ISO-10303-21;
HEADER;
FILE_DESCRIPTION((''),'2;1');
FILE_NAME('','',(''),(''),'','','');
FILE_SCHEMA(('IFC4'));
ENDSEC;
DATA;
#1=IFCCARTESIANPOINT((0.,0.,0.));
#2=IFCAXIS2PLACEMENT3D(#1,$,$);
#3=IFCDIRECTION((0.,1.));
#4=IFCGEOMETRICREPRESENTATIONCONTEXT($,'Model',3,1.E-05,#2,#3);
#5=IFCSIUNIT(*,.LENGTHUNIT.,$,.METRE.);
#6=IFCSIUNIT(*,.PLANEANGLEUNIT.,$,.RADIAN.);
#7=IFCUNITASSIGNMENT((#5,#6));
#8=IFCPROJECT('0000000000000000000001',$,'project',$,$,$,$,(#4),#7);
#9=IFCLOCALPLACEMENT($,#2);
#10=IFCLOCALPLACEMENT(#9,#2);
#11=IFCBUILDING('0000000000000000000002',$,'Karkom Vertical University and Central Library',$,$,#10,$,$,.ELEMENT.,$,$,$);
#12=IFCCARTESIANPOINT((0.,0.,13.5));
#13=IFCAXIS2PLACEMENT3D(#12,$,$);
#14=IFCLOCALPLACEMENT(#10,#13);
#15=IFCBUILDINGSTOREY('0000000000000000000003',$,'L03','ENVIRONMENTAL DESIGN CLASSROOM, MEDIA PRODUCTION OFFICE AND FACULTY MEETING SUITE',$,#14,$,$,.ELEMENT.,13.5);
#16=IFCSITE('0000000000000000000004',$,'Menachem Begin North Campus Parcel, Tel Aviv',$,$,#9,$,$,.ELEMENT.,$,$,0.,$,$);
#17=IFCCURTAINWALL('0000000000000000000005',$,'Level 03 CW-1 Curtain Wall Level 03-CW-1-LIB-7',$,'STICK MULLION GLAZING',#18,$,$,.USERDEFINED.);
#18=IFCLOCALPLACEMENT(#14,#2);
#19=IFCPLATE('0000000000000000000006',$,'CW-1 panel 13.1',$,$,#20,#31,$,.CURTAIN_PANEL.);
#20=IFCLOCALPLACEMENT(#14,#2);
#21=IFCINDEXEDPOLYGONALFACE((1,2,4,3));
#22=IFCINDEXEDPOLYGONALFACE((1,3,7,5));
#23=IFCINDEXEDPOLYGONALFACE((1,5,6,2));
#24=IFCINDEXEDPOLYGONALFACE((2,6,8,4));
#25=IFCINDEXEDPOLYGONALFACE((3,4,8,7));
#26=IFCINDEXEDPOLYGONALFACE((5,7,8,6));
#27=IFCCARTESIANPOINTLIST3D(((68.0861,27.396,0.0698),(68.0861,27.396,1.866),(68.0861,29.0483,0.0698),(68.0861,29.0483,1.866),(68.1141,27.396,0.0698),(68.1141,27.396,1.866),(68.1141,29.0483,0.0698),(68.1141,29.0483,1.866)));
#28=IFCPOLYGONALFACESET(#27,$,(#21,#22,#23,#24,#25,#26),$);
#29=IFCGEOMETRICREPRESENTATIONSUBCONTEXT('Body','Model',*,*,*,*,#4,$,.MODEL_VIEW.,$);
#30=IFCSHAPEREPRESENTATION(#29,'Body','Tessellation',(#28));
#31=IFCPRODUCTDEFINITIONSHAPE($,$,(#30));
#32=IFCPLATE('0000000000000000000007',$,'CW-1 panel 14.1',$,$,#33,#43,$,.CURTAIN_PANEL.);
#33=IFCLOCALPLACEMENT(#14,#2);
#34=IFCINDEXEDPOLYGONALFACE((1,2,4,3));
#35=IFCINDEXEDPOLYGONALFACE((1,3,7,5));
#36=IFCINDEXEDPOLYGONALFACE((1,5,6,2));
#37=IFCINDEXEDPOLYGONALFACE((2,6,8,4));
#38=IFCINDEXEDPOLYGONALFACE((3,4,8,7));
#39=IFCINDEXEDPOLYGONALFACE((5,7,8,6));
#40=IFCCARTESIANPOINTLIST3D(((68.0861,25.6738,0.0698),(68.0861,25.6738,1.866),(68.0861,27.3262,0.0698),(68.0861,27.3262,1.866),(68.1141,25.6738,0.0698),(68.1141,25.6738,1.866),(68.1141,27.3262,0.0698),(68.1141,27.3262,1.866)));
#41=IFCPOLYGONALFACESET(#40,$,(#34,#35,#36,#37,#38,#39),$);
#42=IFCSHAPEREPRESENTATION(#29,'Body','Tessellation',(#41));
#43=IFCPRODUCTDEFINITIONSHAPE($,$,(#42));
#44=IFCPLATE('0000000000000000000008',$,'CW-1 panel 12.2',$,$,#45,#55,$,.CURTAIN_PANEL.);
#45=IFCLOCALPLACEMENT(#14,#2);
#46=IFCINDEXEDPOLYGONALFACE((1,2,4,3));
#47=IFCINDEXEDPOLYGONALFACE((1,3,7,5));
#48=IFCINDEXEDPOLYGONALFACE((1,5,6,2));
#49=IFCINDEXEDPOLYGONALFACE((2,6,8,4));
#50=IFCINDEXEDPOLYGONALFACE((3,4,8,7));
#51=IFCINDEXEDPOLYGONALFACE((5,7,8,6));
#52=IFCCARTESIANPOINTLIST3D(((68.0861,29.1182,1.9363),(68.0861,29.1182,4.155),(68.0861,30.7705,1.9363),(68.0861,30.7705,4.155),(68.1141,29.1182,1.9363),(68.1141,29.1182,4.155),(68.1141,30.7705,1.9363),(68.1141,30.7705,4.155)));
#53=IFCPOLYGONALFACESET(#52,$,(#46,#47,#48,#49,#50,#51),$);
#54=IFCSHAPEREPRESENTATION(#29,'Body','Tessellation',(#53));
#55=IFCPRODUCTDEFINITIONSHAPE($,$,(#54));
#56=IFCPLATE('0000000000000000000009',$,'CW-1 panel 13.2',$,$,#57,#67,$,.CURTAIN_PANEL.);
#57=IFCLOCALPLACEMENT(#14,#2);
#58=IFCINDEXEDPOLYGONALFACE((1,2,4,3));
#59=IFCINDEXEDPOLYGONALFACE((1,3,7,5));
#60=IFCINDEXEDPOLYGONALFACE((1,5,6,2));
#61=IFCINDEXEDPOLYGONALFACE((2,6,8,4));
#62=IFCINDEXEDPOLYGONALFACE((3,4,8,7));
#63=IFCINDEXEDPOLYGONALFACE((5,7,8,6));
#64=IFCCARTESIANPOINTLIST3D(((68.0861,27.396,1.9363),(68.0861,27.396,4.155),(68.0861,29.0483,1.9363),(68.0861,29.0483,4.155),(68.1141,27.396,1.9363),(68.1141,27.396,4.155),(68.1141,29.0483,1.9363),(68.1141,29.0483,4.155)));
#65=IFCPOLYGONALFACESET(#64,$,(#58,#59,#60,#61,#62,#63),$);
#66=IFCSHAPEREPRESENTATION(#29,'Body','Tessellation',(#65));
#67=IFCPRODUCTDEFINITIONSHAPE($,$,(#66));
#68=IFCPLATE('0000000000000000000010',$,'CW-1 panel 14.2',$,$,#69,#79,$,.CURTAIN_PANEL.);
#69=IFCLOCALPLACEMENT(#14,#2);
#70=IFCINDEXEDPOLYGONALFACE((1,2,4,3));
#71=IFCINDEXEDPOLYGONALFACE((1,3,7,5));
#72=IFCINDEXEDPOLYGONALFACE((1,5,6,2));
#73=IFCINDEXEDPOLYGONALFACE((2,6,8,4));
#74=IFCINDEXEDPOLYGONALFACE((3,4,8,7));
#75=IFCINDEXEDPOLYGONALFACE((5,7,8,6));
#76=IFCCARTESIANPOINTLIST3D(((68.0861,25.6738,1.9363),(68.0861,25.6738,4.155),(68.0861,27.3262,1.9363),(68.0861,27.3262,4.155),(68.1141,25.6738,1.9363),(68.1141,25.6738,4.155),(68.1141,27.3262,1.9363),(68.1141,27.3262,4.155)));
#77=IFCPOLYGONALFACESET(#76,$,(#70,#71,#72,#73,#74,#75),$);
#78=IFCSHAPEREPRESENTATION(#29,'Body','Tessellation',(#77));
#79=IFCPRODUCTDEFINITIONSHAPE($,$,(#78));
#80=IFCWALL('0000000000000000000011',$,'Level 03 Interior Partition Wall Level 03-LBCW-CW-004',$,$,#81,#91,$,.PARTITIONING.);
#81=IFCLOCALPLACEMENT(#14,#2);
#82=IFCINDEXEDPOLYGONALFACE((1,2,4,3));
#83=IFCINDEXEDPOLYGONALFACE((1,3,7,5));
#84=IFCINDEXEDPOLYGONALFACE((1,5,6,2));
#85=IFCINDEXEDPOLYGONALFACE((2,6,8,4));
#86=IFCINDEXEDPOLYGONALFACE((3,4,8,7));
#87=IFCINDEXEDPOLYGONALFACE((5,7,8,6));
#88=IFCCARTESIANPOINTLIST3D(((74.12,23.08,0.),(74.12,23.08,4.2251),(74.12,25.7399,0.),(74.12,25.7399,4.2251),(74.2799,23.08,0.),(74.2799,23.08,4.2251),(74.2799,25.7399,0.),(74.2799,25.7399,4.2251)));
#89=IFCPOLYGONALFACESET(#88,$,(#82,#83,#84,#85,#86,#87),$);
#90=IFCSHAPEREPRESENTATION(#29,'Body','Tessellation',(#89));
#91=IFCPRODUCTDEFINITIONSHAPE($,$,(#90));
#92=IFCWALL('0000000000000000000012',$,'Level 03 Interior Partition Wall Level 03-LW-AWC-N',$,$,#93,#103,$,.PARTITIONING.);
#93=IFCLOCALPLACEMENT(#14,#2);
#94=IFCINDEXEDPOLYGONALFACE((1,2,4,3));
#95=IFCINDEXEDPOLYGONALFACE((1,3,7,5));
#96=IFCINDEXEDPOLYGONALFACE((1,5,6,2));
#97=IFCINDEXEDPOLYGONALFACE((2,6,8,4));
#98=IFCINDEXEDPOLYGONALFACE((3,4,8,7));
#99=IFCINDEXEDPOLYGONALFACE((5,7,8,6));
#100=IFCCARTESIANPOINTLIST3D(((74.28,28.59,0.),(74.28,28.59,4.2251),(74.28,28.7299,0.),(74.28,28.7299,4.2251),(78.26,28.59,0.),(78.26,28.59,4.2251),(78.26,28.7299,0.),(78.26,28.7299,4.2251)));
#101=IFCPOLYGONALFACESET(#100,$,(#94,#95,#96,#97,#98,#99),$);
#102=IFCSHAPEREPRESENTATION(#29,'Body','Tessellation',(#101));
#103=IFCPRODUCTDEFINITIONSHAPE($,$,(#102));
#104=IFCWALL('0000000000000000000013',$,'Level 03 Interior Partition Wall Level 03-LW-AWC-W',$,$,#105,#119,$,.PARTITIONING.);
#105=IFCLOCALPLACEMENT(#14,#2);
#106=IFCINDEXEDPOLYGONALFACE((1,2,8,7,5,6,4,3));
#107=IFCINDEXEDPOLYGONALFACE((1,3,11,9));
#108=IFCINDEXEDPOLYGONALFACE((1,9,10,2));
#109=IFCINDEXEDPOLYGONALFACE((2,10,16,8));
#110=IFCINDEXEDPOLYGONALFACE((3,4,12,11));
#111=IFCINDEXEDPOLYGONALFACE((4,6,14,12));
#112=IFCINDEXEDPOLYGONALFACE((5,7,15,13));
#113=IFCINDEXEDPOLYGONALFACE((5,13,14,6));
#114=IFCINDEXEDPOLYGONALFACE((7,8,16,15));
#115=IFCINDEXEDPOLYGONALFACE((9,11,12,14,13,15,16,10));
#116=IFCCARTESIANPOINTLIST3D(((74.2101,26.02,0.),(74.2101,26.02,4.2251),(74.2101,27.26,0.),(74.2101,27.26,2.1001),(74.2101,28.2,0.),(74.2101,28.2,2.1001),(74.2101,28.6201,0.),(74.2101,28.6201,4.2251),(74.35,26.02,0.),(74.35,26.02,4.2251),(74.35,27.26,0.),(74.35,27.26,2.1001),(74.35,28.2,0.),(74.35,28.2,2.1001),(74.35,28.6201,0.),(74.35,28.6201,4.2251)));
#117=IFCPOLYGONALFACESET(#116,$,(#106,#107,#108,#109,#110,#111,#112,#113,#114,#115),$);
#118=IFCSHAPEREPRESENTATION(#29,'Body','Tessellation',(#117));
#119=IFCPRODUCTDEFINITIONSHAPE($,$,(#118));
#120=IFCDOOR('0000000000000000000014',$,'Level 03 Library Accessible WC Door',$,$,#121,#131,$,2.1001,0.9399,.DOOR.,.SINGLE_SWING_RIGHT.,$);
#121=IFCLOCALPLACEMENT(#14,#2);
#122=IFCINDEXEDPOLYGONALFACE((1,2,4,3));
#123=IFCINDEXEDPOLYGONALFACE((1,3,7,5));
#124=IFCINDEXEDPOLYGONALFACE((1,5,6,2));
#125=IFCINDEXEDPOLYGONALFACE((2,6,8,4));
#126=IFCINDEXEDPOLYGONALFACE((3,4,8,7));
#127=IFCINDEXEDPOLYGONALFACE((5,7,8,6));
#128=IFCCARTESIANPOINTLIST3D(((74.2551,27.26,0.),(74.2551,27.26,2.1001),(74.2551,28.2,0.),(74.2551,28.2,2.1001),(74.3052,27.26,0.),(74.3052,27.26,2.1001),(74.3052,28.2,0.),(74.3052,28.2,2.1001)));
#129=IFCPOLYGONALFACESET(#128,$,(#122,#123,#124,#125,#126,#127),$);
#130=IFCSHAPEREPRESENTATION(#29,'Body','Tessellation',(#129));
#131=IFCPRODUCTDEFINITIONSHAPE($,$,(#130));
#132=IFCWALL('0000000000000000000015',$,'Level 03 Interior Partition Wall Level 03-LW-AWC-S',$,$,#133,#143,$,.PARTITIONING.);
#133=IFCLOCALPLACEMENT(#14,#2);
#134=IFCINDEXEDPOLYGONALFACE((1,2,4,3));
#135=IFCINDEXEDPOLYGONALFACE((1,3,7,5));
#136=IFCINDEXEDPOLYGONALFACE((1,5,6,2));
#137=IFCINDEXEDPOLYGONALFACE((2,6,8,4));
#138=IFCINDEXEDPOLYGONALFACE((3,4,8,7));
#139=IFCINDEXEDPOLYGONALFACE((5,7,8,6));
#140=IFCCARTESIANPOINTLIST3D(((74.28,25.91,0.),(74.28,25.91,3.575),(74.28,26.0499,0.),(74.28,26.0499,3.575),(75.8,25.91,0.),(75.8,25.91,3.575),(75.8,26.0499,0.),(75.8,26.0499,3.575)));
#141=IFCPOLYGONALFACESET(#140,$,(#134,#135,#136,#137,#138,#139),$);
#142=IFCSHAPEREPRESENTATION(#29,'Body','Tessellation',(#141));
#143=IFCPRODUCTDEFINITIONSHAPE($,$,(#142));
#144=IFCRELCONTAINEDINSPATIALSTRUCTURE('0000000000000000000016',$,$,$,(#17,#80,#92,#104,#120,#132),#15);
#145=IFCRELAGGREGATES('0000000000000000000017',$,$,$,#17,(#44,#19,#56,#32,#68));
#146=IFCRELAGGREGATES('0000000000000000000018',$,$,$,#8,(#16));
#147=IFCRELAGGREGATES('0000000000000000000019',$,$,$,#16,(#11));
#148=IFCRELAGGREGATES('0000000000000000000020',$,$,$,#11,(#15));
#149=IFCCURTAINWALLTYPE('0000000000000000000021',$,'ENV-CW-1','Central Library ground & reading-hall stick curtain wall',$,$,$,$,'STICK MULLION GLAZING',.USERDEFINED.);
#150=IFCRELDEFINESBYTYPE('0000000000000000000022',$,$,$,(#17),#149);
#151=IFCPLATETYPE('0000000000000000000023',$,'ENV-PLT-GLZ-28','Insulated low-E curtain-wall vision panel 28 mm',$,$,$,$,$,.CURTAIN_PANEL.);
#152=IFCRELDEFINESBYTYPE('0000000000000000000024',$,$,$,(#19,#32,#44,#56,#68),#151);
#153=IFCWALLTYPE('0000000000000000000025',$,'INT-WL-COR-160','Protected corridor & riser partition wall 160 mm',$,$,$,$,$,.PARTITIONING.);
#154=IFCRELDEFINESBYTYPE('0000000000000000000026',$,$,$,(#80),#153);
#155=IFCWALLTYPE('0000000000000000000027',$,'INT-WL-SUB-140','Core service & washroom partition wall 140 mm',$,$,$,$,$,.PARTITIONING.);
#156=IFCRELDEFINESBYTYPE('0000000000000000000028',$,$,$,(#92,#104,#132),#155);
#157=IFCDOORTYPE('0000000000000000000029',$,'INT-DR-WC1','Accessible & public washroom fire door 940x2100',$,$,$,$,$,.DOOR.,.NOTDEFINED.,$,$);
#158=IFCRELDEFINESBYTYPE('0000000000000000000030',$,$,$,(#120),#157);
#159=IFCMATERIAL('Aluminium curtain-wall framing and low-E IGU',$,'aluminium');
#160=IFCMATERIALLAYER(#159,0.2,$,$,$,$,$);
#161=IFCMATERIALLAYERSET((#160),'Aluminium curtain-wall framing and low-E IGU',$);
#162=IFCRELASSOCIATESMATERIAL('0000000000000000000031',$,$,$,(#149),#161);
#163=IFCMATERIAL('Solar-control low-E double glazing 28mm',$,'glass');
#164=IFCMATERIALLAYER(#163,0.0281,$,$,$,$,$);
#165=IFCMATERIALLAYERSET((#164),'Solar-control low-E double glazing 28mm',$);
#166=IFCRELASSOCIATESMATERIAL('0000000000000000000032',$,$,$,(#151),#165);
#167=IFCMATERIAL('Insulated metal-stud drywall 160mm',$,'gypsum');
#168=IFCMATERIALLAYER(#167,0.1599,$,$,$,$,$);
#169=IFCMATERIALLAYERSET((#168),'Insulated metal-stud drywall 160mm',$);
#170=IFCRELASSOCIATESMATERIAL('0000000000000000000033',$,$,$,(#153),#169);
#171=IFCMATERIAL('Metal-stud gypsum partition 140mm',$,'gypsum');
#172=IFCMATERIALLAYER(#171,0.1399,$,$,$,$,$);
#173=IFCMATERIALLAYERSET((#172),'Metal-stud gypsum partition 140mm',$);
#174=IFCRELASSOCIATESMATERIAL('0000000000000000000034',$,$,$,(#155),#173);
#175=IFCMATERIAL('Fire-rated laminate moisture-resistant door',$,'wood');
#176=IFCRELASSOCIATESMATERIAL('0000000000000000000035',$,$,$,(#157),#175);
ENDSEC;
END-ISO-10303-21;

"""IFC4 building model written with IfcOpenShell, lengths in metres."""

from ifc_helpers import new_model, si_unit, direction, frame, frame_2d, origin, origin_with_axes, origin_2d, place, context, subcontext, project, spatial, rectangle, extrude, source, transform, mapped, material, layer, layer_set, type_object, element, fill, aggregate, save


model = new_model("IFC4")

# Units and contexts
model_context = context("Model", 3, precision=1e-05, world=origin(), true_north=direction((0.0, 1.0)))
body_context = subcontext(model_context, "Body", "Model", "MODEL_VIEW")
ifc_project = project(units=[si_unit("LENGTHUNIT", "METRE"), si_unit("PLANEANGLEUNIT", "RADIAN")], contexts=[model_context])

# Site, building, storey
site_placement = place(None, origin())
site = spatial("IfcSite", under=ifc_project, at=site_placement, Name="Menachem Begin North Campus Parcel, Tel Aviv", CompositionType="ELEMENT", RefElevation=0.0)
building_placement = place(site_placement, origin())
building = spatial("IfcBuilding", under=site, at=building_placement, Name="Karkom Vertical University and Central Library", CompositionType="ELEMENT")
storey_placement = place(building_placement, frame((0.0, 0.0, 13.5)))
storey = spatial("IfcBuildingStorey", under=building, at=storey_placement, Name="L03", Description="ENVIRONMENTAL DESIGN CLASSROOM, MEDIA PRODUCTION OFFICE AND FACULTY MEETING SUITE", CompositionType="ELEMENT", Elevation=13.5)

# Curtain wall, plates
ifc_material_1 = material(Name="Aluminium curtain-wall framing and low-E IGU", Category="aluminium")
ifc_layer_1 = layer(ifc_material_1, 0.2)
ifc_layer_set_1 = layer_set([ifc_layer_1], Name="Aluminium curtain-wall framing and low-E IGU")
curtain_wall_type = type_object("IfcCurtainWallType", Name="ENV-CW-1", Description="Central Library ground & reading-hall stick curtain wall", ElementType="STICK MULLION GLAZING", PredefinedType="USERDEFINED", material=ifc_layer_set_1)
curtain_wall_placement = place(storey_placement, origin())
curtain_wall = element("IfcCurtainWall", 1, at=curtain_wall_placement, inside=storey, type_object=curtain_wall_type, Name="Level 03 CW-1 Curtain Wall Level 03-CW-1-LIB-7", ObjectType="STICK MULLION GLAZING", PredefinedType="USERDEFINED")
ifc_material_2 = material(Name="Solar-control low-E double glazing 28mm", Category="glass")
ifc_layer_2 = layer(ifc_material_2, 0.0281)
ifc_layer_set_2 = layer_set([ifc_layer_2], Name="Solar-control low-E double glazing 28mm")
plate_type = type_object("IfcPlateType", Name="ENV-PLT-GLZ-28", Description="Insulated low-E curtain-wall vision panel 28 mm", PredefinedType="CURTAIN_PANEL", material=ifc_layer_set_2)
shared_shape_1 = source(origin_with_axes(), body_context, "Body", "SweptSolid", [
    extrude(rectangle(XDim=1.6523, YDim=0.0281, at=origin_2d()), origin(), (0.0, 0.0, 1.0), 1.7961),
])
plate_1_placement = place(storey_placement, frame((68.1001, 28.2222, 0.0698), z_axis=(0.0, 0.0, 1.0), x_axis=(0.0, -1.0, 0.0)))
plate_1 = element("IfcPlate", 2, at=plate_1_placement, type_object=plate_type, Name="CW-1 panel 13.1", PredefinedType="CURTAIN_PANEL", context=body_context, shape_type="MappedRepresentation", body=[
    mapped(shared_shape_1, transform((0.0, 0.0, 0.0), scale=1.0)),
])
plate_2_placement = place(storey_placement, frame((68.1001, 26.5, 0.0698), z_axis=(0.0, 0.0, 1.0), x_axis=(0.0, -1.0, 0.0)))
plate_2 = element("IfcPlate", 3, at=plate_2_placement, type_object=plate_type, Name="CW-1 panel 14.1", PredefinedType="CURTAIN_PANEL", context=body_context, shape_type="MappedRepresentation", body=[
    mapped(shared_shape_1, transform((0.0, 0.0, 0.0), scale=1.0)),
])
shared_shape_2 = source(origin_with_axes(), body_context, "Body", "SweptSolid", [
    extrude(rectangle(XDim=1.6523, YDim=0.0281, at=origin_2d()), origin(), (0.0, 0.0, 1.0), 2.2188),
])
plate_3_placement = place(storey_placement, frame((68.1001, 29.9443, 1.9363), z_axis=(0.0, 0.0, 1.0), x_axis=(0.0, -1.0, 0.0)))
plate_3 = element("IfcPlate", 4, at=plate_3_placement, type_object=plate_type, Name="CW-1 panel 12.2", PredefinedType="CURTAIN_PANEL", context=body_context, shape_type="MappedRepresentation", body=[
    mapped(shared_shape_2, transform((0.0, 0.0, 0.0), scale=1.0)),
])
plate_4_placement = place(storey_placement, frame((68.1001, 28.2222, 1.9363), z_axis=(0.0, 0.0, 1.0), x_axis=(0.0, -1.0, 0.0)))
plate_4 = element("IfcPlate", 5, at=plate_4_placement, type_object=plate_type, Name="CW-1 panel 13.2", PredefinedType="CURTAIN_PANEL", context=body_context, shape_type="MappedRepresentation", body=[
    mapped(shared_shape_2, transform((0.0, 0.0, 0.0), scale=1.0)),
])
plate_5_placement = place(storey_placement, frame((68.1001, 26.5, 1.9363), z_axis=(0.0, 0.0, 1.0), x_axis=(0.0, -1.0, 0.0)))
plate_5 = element("IfcPlate", 6, at=plate_5_placement, type_object=plate_type, Name="CW-1 panel 14.2", PredefinedType="CURTAIN_PANEL", context=body_context, shape_type="MappedRepresentation", body=[
    mapped(shared_shape_2, transform((0.0, 0.0, 0.0), scale=1.0)),
])
aggregate(curtain_wall, [plate_3, plate_1, plate_4, plate_2, plate_5])

# Walls
ifc_material_3 = material(Name="Insulated metal-stud drywall 160mm", Category="gypsum")
ifc_layer_3 = layer(ifc_material_3, 0.1599)
ifc_layer_set_3 = layer_set([ifc_layer_3], Name="Insulated metal-stud drywall 160mm")
wall_type_1 = type_object("IfcWallType", Name="INT-WL-COR-160", Description="Protected corridor & riser partition wall 160 mm", PredefinedType="PARTITIONING", material=ifc_layer_set_3)
wall_1_placement = place(storey_placement, frame((74.2, 25.74, 0.0), z_axis=(0.0, 0.0, 1.0), x_axis=(0.0, -1.0, 0.0)))
element("IfcWall", 7, at=wall_1_placement, inside=storey, type_object=wall_type_1, Name="Level 03 Interior Partition Wall Level 03-LBCW-CW-004", PredefinedType="PARTITIONING", context=body_context, shape_type="SweptSolid", body=[
    extrude(rectangle(XDim=2.6599, YDim=0.1599, at=frame_2d((1.3301, 0.0))), origin(), (0.0, 0.0, 1.0), 4.2251),
])
ifc_material_4 = material(Name="Metal-stud gypsum partition 140mm", Category="gypsum")
ifc_layer_4 = layer(ifc_material_4, 0.1399)
ifc_layer_set_4 = layer_set([ifc_layer_4], Name="Metal-stud gypsum partition 140mm")
wall_type_2 = type_object("IfcWallType", Name="INT-WL-SUB-140", Description="Core service & washroom partition wall 140 mm", PredefinedType="PARTITIONING", material=ifc_layer_set_4)
wall_2_placement = place(storey_placement, frame((74.28, 28.6599, 0.0), z_axis=(0.0, 0.0, 1.0), x_axis=(1.0, 0.0, 0.0)))
element("IfcWall", 8, at=wall_2_placement, inside=storey, type_object=wall_type_2, Name="Level 03 Interior Partition Wall Level 03-LW-AWC-N", PredefinedType="PARTITIONING", context=body_context, shape_type="SweptSolid", body=[
    extrude(rectangle(XDim=3.98, YDim=0.1399, at=frame_2d((1.99, 0.0))), origin(), (0.0, 0.0, 1.0), 4.2251),
])

# Wall, opening, door
wall_3_placement = place(storey_placement, frame((74.28, 26.02, 0.0), z_axis=(0.0, 0.0, 1.0), x_axis=(0.0, 1.0, 0.0)))
wall_3 = element("IfcWall", 9, at=wall_3_placement, inside=storey, type_object=wall_type_2, Name="Level 03 Interior Partition Wall Level 03-LW-AWC-W", PredefinedType="PARTITIONING", context=body_context, shape_type="SweptSolid", body=[
    extrude(rectangle(XDim=2.6001, YDim=0.1399, at=frame_2d((1.3, 0.0))), origin(), (0.0, 0.0, 1.0), 4.2251),
])
opening_placement = place(wall_3_placement, frame((1.24, 0.0, 0.0)))
opening = element("IfcOpeningElement", 10, at=opening_placement, cuts=wall_3, PredefinedType="OPENING", context=body_context, shape_type="SweptSolid", body=[
    extrude(rectangle(XDim=0.9399, YDim=2.1001, at=frame_2d((0.47, 1.05))), frame((0.0, 0.0801, 0.0), z_axis=(0.0, -1.0, 0.0), x_axis=(1.0, 0.0, 0.0)), (0.0, 0.0, 1.0), 0.1599),
])
ifc_material_5 = material(Name="Fire-rated laminate moisture-resistant door", Category="wood")
door_type = type_object("IfcDoorType", Name="INT-DR-WC1", Description="Accessible & public washroom fire door 940x2100", OperationType="NOTDEFINED", PredefinedType="DOOR", material=ifc_material_5)
shared_shape_3 = source(origin_with_axes(), body_context, "Body", "SweptSolid", [
    extrude(rectangle(XDim=0.9399, YDim=2.1001, at=frame_2d((0.47, 1.05))), frame((0.0, 0.0249, 0.0), z_axis=(0.0, -1.0, 0.0), x_axis=(1.0, 0.0, 0.0)), (0.0, 0.0, 1.0), 0.05),
])
door_placement = place(opening_placement, origin())
door = element("IfcDoor", 11, at=door_placement, inside=storey, type_object=door_type, Name="Level 03 Library Accessible WC Door", OperationType="SINGLE_SWING_RIGHT", OverallHeight=2.1001, OverallWidth=0.9399, PredefinedType="DOOR", context=body_context, shape_type="MappedRepresentation", body=[
    mapped(shared_shape_3, transform((0.0, 0.0, 0.0), scale=1.0)),
])
fill(opening, door)

# Wall
wall_4_placement = place(storey_placement, frame((74.28, 25.98, 0.0), z_axis=(0.0, 0.0, 1.0), x_axis=(1.0, 0.0, 0.0)))
element("IfcWall", 12, at=wall_4_placement, inside=storey, type_object=wall_type_2, Name="Level 03 Interior Partition Wall Level 03-LW-AWC-S", PredefinedType="PARTITIONING", context=body_context, shape_type="SweptSolid", body=[
    extrude(rectangle(XDim=1.52, YDim=0.1399, at=frame_2d((0.76, 0.0))), origin(), (0.0, 0.0, 1.0), 3.575),
])

save(model, "model.ifc")
